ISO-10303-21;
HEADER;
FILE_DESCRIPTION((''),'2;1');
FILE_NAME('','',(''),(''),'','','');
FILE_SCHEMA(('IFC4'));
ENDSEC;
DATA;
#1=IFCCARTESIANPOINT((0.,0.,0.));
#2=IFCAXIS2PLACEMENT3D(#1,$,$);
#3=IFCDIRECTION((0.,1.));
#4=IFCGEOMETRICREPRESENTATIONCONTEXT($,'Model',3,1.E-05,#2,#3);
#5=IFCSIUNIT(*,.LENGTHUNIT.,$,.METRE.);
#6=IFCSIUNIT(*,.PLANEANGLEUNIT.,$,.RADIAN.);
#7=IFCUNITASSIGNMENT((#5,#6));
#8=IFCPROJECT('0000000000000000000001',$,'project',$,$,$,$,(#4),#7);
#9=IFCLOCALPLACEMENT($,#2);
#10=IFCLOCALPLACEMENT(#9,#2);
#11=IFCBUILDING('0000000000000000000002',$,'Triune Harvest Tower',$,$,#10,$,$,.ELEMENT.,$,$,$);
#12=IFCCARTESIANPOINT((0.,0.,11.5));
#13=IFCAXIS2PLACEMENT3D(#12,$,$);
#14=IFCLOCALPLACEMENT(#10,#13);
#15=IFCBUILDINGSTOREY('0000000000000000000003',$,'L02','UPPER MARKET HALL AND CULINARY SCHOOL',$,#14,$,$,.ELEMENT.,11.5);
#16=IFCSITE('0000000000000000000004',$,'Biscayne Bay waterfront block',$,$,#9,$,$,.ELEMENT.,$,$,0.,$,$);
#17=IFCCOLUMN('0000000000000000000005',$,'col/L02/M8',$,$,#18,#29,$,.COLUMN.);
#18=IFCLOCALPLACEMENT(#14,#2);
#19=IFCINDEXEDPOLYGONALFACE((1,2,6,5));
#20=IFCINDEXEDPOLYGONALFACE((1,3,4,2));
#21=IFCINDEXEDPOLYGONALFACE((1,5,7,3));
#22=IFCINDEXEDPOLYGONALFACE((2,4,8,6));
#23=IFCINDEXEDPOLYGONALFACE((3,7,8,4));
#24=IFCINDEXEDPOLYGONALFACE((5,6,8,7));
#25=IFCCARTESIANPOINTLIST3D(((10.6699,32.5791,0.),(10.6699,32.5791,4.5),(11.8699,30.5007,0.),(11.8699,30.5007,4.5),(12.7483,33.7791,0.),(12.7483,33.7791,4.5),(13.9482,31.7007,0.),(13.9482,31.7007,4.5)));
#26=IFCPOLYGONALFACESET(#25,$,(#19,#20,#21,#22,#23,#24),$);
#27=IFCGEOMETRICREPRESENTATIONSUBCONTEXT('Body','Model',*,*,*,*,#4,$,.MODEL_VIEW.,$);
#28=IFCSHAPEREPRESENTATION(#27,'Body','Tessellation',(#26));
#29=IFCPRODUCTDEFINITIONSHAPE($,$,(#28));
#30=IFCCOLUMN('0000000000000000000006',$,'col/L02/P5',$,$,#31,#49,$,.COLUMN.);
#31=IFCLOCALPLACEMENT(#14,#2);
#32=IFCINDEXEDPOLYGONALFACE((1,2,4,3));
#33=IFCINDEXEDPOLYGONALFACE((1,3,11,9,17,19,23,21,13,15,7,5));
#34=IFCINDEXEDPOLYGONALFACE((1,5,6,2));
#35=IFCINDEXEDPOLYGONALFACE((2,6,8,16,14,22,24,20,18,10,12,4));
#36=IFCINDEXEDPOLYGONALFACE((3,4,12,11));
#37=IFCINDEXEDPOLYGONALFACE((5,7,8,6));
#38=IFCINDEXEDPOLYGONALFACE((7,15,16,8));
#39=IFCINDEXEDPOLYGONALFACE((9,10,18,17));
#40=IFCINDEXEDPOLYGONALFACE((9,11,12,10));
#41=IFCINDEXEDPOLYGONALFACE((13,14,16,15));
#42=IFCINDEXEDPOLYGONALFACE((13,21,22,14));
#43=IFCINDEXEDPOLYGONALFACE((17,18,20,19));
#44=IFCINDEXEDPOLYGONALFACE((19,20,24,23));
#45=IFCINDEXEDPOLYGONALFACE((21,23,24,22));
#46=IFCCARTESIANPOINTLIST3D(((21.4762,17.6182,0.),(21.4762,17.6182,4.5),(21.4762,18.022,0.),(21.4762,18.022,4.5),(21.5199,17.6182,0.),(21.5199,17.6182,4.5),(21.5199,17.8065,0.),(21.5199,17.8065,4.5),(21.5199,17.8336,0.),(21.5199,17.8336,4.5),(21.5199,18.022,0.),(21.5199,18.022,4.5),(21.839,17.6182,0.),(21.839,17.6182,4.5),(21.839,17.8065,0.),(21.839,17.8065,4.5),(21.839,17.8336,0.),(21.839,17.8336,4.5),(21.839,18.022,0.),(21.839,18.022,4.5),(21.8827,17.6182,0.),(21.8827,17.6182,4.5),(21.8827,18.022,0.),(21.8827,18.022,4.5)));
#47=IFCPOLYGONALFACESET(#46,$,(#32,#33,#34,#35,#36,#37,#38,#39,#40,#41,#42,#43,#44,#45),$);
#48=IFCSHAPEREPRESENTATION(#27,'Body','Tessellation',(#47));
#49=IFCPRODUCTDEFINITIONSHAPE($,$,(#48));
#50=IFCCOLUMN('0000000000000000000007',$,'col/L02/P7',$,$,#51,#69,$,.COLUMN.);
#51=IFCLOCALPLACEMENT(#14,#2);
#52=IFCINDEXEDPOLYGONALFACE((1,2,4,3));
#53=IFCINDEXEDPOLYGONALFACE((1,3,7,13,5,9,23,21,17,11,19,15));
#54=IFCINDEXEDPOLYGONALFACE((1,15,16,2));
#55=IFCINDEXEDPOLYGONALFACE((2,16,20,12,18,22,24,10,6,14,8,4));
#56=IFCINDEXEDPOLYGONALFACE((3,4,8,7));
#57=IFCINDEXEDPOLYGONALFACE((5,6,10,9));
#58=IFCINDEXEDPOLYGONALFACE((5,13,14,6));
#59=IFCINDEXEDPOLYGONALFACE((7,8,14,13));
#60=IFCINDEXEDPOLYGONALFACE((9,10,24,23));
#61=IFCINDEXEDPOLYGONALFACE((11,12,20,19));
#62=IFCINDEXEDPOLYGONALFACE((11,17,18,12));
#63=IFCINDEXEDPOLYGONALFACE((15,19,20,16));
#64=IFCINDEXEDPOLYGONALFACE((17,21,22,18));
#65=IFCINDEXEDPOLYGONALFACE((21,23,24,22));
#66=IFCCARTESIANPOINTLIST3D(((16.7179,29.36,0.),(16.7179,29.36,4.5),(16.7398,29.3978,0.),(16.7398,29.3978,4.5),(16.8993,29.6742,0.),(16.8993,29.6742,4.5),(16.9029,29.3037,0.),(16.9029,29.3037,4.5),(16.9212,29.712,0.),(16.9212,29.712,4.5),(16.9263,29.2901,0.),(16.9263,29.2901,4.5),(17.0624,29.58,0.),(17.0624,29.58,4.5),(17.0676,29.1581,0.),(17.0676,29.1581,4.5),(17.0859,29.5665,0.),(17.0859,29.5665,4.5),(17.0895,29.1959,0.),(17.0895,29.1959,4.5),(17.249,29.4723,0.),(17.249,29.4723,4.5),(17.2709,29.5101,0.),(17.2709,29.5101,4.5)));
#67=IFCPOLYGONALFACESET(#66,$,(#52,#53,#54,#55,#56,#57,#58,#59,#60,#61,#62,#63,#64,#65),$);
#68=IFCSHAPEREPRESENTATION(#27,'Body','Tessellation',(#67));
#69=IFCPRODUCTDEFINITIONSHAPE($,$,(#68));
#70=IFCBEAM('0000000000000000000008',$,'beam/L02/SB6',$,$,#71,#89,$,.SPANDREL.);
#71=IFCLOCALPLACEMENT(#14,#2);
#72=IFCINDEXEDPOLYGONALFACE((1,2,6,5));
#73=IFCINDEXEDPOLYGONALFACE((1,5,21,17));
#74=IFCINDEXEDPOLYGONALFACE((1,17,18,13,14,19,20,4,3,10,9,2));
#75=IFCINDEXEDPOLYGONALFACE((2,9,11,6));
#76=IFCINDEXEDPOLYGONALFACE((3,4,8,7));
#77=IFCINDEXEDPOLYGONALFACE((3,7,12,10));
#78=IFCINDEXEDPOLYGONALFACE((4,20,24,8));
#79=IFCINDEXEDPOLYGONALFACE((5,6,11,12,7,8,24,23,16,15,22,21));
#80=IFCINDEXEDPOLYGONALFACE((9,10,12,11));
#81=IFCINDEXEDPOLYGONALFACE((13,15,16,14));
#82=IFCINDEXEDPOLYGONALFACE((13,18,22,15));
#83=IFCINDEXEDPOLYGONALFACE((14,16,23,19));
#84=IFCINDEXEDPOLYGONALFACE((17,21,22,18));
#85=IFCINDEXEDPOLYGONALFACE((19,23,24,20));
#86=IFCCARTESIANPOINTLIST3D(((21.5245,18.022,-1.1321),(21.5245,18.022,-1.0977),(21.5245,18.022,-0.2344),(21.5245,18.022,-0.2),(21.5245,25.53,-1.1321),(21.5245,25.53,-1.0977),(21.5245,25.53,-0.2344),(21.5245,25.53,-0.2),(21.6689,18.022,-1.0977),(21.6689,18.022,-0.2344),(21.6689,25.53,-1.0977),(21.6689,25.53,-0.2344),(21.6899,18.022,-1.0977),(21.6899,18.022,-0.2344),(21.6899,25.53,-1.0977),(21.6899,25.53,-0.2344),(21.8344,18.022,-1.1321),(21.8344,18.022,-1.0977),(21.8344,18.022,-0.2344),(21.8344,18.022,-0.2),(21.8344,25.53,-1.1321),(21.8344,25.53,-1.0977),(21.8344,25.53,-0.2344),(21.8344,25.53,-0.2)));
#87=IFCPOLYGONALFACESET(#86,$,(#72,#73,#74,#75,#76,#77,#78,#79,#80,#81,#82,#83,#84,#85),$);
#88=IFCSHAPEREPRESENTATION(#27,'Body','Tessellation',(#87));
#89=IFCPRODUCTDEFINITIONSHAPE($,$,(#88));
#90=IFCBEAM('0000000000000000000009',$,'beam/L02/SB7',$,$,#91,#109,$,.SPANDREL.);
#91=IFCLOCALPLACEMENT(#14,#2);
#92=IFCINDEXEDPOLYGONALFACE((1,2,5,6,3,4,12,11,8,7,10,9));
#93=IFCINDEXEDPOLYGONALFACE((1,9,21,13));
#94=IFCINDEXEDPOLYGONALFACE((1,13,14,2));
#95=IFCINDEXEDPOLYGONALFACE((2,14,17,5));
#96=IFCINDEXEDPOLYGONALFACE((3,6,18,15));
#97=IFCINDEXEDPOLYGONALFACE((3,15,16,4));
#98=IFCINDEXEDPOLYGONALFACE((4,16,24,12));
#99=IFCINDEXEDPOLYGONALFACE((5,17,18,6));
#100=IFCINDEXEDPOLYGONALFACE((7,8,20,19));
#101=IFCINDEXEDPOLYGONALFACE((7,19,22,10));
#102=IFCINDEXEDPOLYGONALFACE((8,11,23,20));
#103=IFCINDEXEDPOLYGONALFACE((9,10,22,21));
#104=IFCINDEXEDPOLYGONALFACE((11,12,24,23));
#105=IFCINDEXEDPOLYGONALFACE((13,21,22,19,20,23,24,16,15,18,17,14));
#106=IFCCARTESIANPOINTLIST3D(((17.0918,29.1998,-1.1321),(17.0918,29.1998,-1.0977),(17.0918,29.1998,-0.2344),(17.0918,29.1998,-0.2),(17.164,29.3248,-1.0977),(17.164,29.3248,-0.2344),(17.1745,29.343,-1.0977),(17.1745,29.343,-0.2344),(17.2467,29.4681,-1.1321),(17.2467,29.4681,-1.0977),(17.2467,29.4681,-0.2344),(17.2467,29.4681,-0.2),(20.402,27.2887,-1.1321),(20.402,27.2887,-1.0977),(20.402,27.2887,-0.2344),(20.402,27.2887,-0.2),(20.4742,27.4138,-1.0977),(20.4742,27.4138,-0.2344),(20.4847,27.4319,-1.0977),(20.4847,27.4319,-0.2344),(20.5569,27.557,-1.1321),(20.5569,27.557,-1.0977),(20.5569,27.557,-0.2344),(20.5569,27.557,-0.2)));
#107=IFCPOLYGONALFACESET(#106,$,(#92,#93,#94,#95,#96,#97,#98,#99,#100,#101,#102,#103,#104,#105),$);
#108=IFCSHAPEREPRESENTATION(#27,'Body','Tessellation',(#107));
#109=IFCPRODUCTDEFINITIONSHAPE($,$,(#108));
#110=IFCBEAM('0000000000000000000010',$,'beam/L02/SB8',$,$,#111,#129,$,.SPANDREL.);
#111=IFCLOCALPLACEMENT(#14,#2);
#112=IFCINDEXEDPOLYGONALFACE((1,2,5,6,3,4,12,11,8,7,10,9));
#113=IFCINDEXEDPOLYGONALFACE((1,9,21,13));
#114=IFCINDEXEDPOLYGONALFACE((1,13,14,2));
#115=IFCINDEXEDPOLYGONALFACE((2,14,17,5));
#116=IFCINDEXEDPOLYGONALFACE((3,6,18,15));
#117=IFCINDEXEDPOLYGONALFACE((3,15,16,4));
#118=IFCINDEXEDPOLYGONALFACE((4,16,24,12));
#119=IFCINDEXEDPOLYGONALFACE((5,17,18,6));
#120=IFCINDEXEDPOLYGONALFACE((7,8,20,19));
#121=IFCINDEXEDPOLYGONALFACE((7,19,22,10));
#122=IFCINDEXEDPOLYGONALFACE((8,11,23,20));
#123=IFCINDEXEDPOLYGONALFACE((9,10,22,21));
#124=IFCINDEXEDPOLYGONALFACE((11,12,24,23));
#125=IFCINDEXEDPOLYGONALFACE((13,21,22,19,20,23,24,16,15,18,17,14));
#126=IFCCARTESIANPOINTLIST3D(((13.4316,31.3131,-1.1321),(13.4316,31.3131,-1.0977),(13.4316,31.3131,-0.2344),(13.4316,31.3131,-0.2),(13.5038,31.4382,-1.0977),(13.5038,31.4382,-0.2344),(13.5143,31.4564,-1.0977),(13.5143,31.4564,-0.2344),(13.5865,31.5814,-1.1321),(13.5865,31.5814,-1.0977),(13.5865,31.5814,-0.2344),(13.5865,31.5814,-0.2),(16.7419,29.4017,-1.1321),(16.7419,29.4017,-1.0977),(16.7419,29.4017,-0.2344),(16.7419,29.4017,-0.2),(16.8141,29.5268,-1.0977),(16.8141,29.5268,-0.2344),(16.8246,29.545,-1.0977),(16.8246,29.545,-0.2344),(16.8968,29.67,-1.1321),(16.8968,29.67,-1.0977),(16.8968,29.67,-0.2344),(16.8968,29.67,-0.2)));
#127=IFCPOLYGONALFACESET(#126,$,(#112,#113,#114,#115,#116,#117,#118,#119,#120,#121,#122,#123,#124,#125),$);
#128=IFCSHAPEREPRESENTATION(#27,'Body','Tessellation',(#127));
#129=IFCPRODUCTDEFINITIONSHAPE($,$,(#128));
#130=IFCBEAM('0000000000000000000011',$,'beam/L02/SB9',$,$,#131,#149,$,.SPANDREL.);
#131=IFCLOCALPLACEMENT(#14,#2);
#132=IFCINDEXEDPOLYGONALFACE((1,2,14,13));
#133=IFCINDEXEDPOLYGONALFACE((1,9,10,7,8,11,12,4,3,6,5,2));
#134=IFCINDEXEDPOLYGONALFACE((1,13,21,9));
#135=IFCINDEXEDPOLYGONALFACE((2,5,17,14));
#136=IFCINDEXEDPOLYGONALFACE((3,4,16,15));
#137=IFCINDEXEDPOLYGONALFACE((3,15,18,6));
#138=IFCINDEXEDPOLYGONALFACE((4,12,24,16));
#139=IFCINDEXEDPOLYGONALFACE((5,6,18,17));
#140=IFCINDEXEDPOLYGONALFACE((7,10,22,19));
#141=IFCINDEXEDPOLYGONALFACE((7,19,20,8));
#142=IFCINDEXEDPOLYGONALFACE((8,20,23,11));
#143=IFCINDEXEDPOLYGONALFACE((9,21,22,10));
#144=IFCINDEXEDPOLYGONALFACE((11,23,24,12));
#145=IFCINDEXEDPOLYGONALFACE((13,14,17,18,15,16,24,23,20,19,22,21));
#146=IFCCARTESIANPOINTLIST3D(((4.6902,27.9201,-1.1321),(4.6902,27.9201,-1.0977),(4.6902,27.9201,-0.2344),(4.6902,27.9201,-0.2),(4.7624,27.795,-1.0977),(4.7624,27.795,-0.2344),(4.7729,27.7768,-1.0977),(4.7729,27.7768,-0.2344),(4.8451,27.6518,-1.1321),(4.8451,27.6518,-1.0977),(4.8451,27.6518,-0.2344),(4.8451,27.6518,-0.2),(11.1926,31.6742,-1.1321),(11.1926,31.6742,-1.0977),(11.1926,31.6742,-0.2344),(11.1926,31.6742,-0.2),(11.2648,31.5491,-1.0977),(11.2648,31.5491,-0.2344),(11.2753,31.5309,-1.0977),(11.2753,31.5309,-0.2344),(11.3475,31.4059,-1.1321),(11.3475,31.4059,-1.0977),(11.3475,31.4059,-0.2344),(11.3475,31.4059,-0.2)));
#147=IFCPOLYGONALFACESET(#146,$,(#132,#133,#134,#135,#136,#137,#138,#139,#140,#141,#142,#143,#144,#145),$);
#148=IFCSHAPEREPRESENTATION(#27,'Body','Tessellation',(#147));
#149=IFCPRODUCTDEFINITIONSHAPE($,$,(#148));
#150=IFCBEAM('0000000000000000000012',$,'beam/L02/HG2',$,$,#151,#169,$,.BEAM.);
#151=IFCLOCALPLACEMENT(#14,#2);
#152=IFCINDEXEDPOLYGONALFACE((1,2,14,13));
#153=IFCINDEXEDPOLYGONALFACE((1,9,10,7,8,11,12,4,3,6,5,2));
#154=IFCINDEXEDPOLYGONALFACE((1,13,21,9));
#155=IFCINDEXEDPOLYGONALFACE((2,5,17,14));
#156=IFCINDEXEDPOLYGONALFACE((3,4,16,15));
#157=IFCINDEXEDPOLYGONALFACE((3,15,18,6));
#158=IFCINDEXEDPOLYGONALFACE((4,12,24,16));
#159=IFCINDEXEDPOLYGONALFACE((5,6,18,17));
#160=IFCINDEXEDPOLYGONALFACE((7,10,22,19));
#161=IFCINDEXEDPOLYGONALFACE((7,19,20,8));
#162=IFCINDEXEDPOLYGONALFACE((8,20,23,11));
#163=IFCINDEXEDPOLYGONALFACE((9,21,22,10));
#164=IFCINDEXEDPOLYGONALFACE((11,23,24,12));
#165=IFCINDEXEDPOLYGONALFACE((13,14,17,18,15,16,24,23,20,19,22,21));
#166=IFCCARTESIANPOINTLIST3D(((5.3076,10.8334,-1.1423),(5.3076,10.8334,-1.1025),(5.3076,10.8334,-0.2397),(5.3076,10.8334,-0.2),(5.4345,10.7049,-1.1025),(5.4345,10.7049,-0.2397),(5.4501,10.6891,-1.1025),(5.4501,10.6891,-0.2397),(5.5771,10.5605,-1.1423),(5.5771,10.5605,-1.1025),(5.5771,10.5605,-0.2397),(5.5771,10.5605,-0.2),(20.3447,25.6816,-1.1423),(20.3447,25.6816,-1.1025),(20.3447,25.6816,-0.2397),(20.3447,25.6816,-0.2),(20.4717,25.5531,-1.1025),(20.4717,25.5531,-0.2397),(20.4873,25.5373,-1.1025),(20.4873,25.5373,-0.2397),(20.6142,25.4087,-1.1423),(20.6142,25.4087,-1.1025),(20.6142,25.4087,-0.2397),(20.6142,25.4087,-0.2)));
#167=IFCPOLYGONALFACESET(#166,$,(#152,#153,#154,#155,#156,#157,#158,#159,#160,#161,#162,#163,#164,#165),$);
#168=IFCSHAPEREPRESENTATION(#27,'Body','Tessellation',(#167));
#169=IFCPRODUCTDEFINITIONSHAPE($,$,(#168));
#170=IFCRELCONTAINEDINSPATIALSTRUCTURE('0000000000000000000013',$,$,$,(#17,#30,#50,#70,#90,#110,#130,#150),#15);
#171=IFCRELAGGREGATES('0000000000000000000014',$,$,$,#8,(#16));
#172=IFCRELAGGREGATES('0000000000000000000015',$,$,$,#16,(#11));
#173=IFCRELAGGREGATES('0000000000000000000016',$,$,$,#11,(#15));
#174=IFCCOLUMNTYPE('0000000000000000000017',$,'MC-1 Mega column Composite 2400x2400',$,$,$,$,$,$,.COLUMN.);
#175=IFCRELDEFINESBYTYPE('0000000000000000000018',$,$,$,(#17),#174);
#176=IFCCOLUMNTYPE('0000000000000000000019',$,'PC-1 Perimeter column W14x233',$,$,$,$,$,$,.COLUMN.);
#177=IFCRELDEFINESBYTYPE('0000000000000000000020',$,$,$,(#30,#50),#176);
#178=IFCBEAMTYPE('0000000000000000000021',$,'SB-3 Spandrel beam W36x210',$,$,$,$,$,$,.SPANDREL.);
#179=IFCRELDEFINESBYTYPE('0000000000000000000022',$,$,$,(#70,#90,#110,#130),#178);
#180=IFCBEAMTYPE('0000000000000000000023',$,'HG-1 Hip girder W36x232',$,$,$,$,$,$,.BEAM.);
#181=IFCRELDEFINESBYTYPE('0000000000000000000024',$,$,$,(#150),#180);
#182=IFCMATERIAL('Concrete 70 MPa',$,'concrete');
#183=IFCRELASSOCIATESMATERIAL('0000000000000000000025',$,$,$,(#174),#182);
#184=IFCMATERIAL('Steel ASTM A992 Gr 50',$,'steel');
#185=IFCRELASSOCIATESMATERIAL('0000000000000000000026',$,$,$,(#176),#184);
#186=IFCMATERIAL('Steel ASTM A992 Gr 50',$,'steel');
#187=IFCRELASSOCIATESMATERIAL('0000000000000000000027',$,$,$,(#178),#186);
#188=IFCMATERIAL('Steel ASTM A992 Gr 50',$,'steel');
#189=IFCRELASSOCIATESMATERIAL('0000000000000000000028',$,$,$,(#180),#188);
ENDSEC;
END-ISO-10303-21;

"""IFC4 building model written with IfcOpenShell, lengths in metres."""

from ifc_helpers import new_model, si_unit, direction, frame, origin, origin_2d, place, context, subcontext, project, spatial, rectangle, i_section, extrude, source, transform, mapped, material, material_profile, profile_set, type_object, element, save


model = new_model("IFC4")

# Units and contexts
model_context = context("Model", 3, precision=1e-05, world=origin(), true_north=direction((0.0, 1.0)))
body_context = subcontext(model_context, "Body", "Model", "MODEL_VIEW")
ifc_project = project(units=[si_unit("LENGTHUNIT", "METRE"), si_unit("PLANEANGLEUNIT", "RADIAN")], contexts=[model_context])

# Site, building, storey
site_placement = place(None, origin())
site = spatial("IfcSite", under=ifc_project, at=site_placement, Name="Biscayne Bay waterfront block", CompositionType="ELEMENT", RefElevation=0.0)
building_placement = place(site_placement, origin())
building = spatial("IfcBuilding", under=site, at=building_placement, Name="Triune Harvest Tower", CompositionType="ELEMENT")
storey_placement = place(building_placement, frame((0.0, 0.0, 11.5)))
storey = spatial("IfcBuildingStorey", under=building, at=storey_placement, Name="L02", Description="UPPER MARKET HALL AND CULINARY SCHOOL", CompositionType="ELEMENT", Elevation=11.5)

# Columns
ifc_material_1 = material(Name="Concrete 70 MPa", Category="concrete")
ifc_material_profile_1 = material_profile(ifc_material_1, rectangle(XDim=2.3999, YDim=2.3999, at=origin_2d()), Name="Composite 2400x2400")
ifc_profile_set_1 = profile_set([ifc_material_profile_1], Name="Concrete 70 MPa")
column_type_1 = type_object("IfcColumnType", Name="MC-1 Mega column Composite 2400x2400", PredefinedType="COLUMN", material=ifc_profile_set_1)
shared_shape_1 = source(origin(), body_context, "Body", "SweptSolid", [
    extrude(rectangle(XDim=2.3999, YDim=2.3999, at=origin_2d()), origin(), (0.0, 0.0, 1.0), 4.5),
])
column_placement = place(storey_placement, frame((12.3091, 32.1399, 0.0), z_axis=(0.0, 0.0, 1.0), x_axis=(-0.866025, -0.5, 0.0)))
element("IfcColumn", 1, at=column_placement, inside=storey, type_object=column_type_1, Name="col/L02/M8", PredefinedType="COLUMN", context=body_context, shape_type="MappedRepresentation", body=[
    mapped(shared_shape_1, transform((0.0, 0.0, 0.0), scale=1.0)),
])
ifc_material_2 = material(Name="Steel ASTM A992 Gr 50", Category="steel")
ifc_material_profile_2 = material_profile(ifc_material_2, i_section(OverallWidth=0.4038, OverallDepth=0.4065, WebThickness=0.0271, FlangeThickness=0.0437, at=origin_2d()), Name="W14x233")
ifc_profile_set_2 = profile_set([ifc_material_profile_2], Name="Steel ASTM A992 Gr 50")
column_type_2 = type_object("IfcColumnType", Name="PC-1 Perimeter column W14x233", PredefinedType="COLUMN", material=ifc_profile_set_2)
shared_shape_2 = source(origin(), body_context, "Body", "SweptSolid", [
    extrude(i_section(OverallWidth=0.4038, OverallDepth=0.4065, WebThickness=0.0271, FlangeThickness=0.0437, at=origin_2d()), origin(), (0.0, 0.0, 1.0), 4.5),
])
for number, where, z_axis, x_axis, name in (
    (2, (21.6794, 17.8201, 0.0), (0.0, 0.0, 1.0), (0.0, 1.0, 0.0), "col/L02/P5"),
    (3, (16.9944, 29.4351, 0.0), (0.0, 0.0, 1.0), (-0.866026, 0.499998, 0.0), "col/L02/P7"),
):
    element("IfcColumn", number, at=place(storey_placement, frame(where, z_axis=z_axis, x_axis=x_axis)), inside=storey, type_object=column_type_2, Name=name, PredefinedType="COLUMN", context=body_context, shape_type="MappedRepresentation", body=[
        mapped(shared_shape_2, transform((0.0, 0.0, 0.0), scale=1.0)),
    ])

# Beams
ifc_material_3 = material(Name="Steel ASTM A992 Gr 50", Category="steel")
ifc_material_profile_3 = material_profile(ifc_material_3, i_section(OverallWidth=0.3098, OverallDepth=0.9321, WebThickness=0.021, FlangeThickness=0.0344, at=origin_2d()), Name="W36x210")
ifc_profile_set_3 = profile_set([ifc_material_profile_3], Name="Steel ASTM A992 Gr 50")
beam_type_1 = type_object("IfcBeamType", Name="SB-3 Spandrel beam W36x210", PredefinedType="SPANDREL", material=ifc_profile_set_3)
shared_shape_3 = source(origin(), body_context, "Body", "SweptSolid", [
    extrude(i_section(OverallWidth=0.3098, OverallDepth=0.9321, WebThickness=0.021, FlangeThickness=0.0344, at=origin_2d()), origin(), (0.0, 0.0, 1.0), 7.5081),
])
beam_1_placement = place(storey_placement, frame((21.6794, 18.022, -0.666), z_axis=(0.0, 1.0, 0.0), x_axis=(-1.0, 0.0, 0.0)))
element("IfcBeam", 4, at=beam_1_placement, inside=storey, type_object=beam_type_1, Name="beam/L02/SB6", PredefinedType="SPANDREL", context=body_context, shape_type="MappedRepresentation", body=[
    mapped(shared_shape_3, transform((0.0, 0.0, 0.0), scale=1.0)),
])
shared_shape_4 = source(origin(), body_context, "Body", "SweptSolid", [
    extrude(i_section(OverallWidth=0.3098, OverallDepth=0.9321, WebThickness=0.021, FlangeThickness=0.0344, at=origin_2d()), origin(), (0.0, 0.0, 1.0), 3.8223),
])
beam_2_placement = place(storey_placement, frame((20.4795, 27.4229, -0.666), z_axis=(-0.866033, 0.499986, 0.0), x_axis=(-0.499986, -0.866033, 0.0)))
element("IfcBeam", 5, at=beam_2_placement, inside=storey, type_object=beam_type_1, Name="beam/L02/SB7", PredefinedType="SPANDREL", context=body_context, shape_type="MappedRepresentation", body=[
    mapped(shared_shape_4, transform((0.0, 0.0, 0.0), scale=1.0)),
])
shared_shape_5 = source(origin(), body_context, "Body", "SweptSolid", [
    extrude(i_section(OverallWidth=0.3098, OverallDepth=0.9321, WebThickness=0.021, FlangeThickness=0.0344, at=origin_2d()), origin(), (0.0, 0.0, 1.0), 3.8225),
])
beam_3_placement = place(storey_placement, frame((16.8193, 29.5359, -0.666), z_axis=(-0.866006, 0.500034, 0.0), x_axis=(-0.500034, -0.866006, 0.0)))
element("IfcBeam", 6, at=beam_3_placement, inside=storey, type_object=beam_type_1, Name="beam/L02/SB8", PredefinedType="SPANDREL", context=body_context, shape_type="MappedRepresentation", body=[
    mapped(shared_shape_5, transform((0.0, 0.0, 0.0), scale=1.0)),
])
shared_shape_6 = source(origin(), body_context, "Body", "SweptSolid", [
    extrude(i_section(OverallWidth=0.3098, OverallDepth=0.9321, WebThickness=0.021, FlangeThickness=0.0344, at=origin_2d()), origin(), (0.0, 0.0, 1.0), 7.5083),
])
beam_4_placement = place(storey_placement, frame((11.27, 31.54, -0.666), z_axis=(-0.866027, -0.499996, 0.0), x_axis=(0.499996, -0.866027, 0.0)))
element("IfcBeam", 7, at=beam_4_placement, inside=storey, type_object=beam_type_1, Name="beam/L02/SB9", PredefinedType="SPANDREL", context=body_context, shape_type="MappedRepresentation", body=[
    mapped(shared_shape_6, transform((0.0, 0.0, 0.0), scale=1.0)),
])
ifc_material_4 = material(Name="Steel ASTM A992 Gr 50", Category="steel")
ifc_material_profile_4 = material_profile(ifc_material_4, i_section(OverallWidth=0.3835, OverallDepth=0.9424, WebThickness=0.0222, FlangeThickness=0.0398, at=origin_2d()), Name="W36x232")
ifc_profile_set_4 = profile_set([ifc_material_profile_4], Name="Steel ASTM A992 Gr 50")
beam_type_2 = type_object("IfcBeamType", Name="HG-1 Hip girder W36x232", PredefinedType="BEAM", material=ifc_profile_set_4)
shared_shape_7 = source(origin(), body_context, "Body", "SweptSolid", [
    extrude(i_section(OverallWidth=0.3835, OverallDepth=0.9424, WebThickness=0.0222, FlangeThickness=0.0398, at=origin_2d()), origin(), (0.0, 0.0, 1.0), 21.1326),
])
beam_5_placement = place(storey_placement, frame((20.4795, 25.5452, -0.6711), z_axis=(-0.711564, -0.702622, 0.0), x_axis=(0.702622, -0.711564, 0.0)))
element("IfcBeam", 8, at=beam_5_placement, inside=storey, type_object=beam_type_2, Name="beam/L02/HG2", PredefinedType="BEAM", context=body_context, shape_type="MappedRepresentation", body=[
    mapped(shared_shape_7, transform((0.0, 0.0, 0.0), scale=1.0)),
])

save(model, "model.ifc")
